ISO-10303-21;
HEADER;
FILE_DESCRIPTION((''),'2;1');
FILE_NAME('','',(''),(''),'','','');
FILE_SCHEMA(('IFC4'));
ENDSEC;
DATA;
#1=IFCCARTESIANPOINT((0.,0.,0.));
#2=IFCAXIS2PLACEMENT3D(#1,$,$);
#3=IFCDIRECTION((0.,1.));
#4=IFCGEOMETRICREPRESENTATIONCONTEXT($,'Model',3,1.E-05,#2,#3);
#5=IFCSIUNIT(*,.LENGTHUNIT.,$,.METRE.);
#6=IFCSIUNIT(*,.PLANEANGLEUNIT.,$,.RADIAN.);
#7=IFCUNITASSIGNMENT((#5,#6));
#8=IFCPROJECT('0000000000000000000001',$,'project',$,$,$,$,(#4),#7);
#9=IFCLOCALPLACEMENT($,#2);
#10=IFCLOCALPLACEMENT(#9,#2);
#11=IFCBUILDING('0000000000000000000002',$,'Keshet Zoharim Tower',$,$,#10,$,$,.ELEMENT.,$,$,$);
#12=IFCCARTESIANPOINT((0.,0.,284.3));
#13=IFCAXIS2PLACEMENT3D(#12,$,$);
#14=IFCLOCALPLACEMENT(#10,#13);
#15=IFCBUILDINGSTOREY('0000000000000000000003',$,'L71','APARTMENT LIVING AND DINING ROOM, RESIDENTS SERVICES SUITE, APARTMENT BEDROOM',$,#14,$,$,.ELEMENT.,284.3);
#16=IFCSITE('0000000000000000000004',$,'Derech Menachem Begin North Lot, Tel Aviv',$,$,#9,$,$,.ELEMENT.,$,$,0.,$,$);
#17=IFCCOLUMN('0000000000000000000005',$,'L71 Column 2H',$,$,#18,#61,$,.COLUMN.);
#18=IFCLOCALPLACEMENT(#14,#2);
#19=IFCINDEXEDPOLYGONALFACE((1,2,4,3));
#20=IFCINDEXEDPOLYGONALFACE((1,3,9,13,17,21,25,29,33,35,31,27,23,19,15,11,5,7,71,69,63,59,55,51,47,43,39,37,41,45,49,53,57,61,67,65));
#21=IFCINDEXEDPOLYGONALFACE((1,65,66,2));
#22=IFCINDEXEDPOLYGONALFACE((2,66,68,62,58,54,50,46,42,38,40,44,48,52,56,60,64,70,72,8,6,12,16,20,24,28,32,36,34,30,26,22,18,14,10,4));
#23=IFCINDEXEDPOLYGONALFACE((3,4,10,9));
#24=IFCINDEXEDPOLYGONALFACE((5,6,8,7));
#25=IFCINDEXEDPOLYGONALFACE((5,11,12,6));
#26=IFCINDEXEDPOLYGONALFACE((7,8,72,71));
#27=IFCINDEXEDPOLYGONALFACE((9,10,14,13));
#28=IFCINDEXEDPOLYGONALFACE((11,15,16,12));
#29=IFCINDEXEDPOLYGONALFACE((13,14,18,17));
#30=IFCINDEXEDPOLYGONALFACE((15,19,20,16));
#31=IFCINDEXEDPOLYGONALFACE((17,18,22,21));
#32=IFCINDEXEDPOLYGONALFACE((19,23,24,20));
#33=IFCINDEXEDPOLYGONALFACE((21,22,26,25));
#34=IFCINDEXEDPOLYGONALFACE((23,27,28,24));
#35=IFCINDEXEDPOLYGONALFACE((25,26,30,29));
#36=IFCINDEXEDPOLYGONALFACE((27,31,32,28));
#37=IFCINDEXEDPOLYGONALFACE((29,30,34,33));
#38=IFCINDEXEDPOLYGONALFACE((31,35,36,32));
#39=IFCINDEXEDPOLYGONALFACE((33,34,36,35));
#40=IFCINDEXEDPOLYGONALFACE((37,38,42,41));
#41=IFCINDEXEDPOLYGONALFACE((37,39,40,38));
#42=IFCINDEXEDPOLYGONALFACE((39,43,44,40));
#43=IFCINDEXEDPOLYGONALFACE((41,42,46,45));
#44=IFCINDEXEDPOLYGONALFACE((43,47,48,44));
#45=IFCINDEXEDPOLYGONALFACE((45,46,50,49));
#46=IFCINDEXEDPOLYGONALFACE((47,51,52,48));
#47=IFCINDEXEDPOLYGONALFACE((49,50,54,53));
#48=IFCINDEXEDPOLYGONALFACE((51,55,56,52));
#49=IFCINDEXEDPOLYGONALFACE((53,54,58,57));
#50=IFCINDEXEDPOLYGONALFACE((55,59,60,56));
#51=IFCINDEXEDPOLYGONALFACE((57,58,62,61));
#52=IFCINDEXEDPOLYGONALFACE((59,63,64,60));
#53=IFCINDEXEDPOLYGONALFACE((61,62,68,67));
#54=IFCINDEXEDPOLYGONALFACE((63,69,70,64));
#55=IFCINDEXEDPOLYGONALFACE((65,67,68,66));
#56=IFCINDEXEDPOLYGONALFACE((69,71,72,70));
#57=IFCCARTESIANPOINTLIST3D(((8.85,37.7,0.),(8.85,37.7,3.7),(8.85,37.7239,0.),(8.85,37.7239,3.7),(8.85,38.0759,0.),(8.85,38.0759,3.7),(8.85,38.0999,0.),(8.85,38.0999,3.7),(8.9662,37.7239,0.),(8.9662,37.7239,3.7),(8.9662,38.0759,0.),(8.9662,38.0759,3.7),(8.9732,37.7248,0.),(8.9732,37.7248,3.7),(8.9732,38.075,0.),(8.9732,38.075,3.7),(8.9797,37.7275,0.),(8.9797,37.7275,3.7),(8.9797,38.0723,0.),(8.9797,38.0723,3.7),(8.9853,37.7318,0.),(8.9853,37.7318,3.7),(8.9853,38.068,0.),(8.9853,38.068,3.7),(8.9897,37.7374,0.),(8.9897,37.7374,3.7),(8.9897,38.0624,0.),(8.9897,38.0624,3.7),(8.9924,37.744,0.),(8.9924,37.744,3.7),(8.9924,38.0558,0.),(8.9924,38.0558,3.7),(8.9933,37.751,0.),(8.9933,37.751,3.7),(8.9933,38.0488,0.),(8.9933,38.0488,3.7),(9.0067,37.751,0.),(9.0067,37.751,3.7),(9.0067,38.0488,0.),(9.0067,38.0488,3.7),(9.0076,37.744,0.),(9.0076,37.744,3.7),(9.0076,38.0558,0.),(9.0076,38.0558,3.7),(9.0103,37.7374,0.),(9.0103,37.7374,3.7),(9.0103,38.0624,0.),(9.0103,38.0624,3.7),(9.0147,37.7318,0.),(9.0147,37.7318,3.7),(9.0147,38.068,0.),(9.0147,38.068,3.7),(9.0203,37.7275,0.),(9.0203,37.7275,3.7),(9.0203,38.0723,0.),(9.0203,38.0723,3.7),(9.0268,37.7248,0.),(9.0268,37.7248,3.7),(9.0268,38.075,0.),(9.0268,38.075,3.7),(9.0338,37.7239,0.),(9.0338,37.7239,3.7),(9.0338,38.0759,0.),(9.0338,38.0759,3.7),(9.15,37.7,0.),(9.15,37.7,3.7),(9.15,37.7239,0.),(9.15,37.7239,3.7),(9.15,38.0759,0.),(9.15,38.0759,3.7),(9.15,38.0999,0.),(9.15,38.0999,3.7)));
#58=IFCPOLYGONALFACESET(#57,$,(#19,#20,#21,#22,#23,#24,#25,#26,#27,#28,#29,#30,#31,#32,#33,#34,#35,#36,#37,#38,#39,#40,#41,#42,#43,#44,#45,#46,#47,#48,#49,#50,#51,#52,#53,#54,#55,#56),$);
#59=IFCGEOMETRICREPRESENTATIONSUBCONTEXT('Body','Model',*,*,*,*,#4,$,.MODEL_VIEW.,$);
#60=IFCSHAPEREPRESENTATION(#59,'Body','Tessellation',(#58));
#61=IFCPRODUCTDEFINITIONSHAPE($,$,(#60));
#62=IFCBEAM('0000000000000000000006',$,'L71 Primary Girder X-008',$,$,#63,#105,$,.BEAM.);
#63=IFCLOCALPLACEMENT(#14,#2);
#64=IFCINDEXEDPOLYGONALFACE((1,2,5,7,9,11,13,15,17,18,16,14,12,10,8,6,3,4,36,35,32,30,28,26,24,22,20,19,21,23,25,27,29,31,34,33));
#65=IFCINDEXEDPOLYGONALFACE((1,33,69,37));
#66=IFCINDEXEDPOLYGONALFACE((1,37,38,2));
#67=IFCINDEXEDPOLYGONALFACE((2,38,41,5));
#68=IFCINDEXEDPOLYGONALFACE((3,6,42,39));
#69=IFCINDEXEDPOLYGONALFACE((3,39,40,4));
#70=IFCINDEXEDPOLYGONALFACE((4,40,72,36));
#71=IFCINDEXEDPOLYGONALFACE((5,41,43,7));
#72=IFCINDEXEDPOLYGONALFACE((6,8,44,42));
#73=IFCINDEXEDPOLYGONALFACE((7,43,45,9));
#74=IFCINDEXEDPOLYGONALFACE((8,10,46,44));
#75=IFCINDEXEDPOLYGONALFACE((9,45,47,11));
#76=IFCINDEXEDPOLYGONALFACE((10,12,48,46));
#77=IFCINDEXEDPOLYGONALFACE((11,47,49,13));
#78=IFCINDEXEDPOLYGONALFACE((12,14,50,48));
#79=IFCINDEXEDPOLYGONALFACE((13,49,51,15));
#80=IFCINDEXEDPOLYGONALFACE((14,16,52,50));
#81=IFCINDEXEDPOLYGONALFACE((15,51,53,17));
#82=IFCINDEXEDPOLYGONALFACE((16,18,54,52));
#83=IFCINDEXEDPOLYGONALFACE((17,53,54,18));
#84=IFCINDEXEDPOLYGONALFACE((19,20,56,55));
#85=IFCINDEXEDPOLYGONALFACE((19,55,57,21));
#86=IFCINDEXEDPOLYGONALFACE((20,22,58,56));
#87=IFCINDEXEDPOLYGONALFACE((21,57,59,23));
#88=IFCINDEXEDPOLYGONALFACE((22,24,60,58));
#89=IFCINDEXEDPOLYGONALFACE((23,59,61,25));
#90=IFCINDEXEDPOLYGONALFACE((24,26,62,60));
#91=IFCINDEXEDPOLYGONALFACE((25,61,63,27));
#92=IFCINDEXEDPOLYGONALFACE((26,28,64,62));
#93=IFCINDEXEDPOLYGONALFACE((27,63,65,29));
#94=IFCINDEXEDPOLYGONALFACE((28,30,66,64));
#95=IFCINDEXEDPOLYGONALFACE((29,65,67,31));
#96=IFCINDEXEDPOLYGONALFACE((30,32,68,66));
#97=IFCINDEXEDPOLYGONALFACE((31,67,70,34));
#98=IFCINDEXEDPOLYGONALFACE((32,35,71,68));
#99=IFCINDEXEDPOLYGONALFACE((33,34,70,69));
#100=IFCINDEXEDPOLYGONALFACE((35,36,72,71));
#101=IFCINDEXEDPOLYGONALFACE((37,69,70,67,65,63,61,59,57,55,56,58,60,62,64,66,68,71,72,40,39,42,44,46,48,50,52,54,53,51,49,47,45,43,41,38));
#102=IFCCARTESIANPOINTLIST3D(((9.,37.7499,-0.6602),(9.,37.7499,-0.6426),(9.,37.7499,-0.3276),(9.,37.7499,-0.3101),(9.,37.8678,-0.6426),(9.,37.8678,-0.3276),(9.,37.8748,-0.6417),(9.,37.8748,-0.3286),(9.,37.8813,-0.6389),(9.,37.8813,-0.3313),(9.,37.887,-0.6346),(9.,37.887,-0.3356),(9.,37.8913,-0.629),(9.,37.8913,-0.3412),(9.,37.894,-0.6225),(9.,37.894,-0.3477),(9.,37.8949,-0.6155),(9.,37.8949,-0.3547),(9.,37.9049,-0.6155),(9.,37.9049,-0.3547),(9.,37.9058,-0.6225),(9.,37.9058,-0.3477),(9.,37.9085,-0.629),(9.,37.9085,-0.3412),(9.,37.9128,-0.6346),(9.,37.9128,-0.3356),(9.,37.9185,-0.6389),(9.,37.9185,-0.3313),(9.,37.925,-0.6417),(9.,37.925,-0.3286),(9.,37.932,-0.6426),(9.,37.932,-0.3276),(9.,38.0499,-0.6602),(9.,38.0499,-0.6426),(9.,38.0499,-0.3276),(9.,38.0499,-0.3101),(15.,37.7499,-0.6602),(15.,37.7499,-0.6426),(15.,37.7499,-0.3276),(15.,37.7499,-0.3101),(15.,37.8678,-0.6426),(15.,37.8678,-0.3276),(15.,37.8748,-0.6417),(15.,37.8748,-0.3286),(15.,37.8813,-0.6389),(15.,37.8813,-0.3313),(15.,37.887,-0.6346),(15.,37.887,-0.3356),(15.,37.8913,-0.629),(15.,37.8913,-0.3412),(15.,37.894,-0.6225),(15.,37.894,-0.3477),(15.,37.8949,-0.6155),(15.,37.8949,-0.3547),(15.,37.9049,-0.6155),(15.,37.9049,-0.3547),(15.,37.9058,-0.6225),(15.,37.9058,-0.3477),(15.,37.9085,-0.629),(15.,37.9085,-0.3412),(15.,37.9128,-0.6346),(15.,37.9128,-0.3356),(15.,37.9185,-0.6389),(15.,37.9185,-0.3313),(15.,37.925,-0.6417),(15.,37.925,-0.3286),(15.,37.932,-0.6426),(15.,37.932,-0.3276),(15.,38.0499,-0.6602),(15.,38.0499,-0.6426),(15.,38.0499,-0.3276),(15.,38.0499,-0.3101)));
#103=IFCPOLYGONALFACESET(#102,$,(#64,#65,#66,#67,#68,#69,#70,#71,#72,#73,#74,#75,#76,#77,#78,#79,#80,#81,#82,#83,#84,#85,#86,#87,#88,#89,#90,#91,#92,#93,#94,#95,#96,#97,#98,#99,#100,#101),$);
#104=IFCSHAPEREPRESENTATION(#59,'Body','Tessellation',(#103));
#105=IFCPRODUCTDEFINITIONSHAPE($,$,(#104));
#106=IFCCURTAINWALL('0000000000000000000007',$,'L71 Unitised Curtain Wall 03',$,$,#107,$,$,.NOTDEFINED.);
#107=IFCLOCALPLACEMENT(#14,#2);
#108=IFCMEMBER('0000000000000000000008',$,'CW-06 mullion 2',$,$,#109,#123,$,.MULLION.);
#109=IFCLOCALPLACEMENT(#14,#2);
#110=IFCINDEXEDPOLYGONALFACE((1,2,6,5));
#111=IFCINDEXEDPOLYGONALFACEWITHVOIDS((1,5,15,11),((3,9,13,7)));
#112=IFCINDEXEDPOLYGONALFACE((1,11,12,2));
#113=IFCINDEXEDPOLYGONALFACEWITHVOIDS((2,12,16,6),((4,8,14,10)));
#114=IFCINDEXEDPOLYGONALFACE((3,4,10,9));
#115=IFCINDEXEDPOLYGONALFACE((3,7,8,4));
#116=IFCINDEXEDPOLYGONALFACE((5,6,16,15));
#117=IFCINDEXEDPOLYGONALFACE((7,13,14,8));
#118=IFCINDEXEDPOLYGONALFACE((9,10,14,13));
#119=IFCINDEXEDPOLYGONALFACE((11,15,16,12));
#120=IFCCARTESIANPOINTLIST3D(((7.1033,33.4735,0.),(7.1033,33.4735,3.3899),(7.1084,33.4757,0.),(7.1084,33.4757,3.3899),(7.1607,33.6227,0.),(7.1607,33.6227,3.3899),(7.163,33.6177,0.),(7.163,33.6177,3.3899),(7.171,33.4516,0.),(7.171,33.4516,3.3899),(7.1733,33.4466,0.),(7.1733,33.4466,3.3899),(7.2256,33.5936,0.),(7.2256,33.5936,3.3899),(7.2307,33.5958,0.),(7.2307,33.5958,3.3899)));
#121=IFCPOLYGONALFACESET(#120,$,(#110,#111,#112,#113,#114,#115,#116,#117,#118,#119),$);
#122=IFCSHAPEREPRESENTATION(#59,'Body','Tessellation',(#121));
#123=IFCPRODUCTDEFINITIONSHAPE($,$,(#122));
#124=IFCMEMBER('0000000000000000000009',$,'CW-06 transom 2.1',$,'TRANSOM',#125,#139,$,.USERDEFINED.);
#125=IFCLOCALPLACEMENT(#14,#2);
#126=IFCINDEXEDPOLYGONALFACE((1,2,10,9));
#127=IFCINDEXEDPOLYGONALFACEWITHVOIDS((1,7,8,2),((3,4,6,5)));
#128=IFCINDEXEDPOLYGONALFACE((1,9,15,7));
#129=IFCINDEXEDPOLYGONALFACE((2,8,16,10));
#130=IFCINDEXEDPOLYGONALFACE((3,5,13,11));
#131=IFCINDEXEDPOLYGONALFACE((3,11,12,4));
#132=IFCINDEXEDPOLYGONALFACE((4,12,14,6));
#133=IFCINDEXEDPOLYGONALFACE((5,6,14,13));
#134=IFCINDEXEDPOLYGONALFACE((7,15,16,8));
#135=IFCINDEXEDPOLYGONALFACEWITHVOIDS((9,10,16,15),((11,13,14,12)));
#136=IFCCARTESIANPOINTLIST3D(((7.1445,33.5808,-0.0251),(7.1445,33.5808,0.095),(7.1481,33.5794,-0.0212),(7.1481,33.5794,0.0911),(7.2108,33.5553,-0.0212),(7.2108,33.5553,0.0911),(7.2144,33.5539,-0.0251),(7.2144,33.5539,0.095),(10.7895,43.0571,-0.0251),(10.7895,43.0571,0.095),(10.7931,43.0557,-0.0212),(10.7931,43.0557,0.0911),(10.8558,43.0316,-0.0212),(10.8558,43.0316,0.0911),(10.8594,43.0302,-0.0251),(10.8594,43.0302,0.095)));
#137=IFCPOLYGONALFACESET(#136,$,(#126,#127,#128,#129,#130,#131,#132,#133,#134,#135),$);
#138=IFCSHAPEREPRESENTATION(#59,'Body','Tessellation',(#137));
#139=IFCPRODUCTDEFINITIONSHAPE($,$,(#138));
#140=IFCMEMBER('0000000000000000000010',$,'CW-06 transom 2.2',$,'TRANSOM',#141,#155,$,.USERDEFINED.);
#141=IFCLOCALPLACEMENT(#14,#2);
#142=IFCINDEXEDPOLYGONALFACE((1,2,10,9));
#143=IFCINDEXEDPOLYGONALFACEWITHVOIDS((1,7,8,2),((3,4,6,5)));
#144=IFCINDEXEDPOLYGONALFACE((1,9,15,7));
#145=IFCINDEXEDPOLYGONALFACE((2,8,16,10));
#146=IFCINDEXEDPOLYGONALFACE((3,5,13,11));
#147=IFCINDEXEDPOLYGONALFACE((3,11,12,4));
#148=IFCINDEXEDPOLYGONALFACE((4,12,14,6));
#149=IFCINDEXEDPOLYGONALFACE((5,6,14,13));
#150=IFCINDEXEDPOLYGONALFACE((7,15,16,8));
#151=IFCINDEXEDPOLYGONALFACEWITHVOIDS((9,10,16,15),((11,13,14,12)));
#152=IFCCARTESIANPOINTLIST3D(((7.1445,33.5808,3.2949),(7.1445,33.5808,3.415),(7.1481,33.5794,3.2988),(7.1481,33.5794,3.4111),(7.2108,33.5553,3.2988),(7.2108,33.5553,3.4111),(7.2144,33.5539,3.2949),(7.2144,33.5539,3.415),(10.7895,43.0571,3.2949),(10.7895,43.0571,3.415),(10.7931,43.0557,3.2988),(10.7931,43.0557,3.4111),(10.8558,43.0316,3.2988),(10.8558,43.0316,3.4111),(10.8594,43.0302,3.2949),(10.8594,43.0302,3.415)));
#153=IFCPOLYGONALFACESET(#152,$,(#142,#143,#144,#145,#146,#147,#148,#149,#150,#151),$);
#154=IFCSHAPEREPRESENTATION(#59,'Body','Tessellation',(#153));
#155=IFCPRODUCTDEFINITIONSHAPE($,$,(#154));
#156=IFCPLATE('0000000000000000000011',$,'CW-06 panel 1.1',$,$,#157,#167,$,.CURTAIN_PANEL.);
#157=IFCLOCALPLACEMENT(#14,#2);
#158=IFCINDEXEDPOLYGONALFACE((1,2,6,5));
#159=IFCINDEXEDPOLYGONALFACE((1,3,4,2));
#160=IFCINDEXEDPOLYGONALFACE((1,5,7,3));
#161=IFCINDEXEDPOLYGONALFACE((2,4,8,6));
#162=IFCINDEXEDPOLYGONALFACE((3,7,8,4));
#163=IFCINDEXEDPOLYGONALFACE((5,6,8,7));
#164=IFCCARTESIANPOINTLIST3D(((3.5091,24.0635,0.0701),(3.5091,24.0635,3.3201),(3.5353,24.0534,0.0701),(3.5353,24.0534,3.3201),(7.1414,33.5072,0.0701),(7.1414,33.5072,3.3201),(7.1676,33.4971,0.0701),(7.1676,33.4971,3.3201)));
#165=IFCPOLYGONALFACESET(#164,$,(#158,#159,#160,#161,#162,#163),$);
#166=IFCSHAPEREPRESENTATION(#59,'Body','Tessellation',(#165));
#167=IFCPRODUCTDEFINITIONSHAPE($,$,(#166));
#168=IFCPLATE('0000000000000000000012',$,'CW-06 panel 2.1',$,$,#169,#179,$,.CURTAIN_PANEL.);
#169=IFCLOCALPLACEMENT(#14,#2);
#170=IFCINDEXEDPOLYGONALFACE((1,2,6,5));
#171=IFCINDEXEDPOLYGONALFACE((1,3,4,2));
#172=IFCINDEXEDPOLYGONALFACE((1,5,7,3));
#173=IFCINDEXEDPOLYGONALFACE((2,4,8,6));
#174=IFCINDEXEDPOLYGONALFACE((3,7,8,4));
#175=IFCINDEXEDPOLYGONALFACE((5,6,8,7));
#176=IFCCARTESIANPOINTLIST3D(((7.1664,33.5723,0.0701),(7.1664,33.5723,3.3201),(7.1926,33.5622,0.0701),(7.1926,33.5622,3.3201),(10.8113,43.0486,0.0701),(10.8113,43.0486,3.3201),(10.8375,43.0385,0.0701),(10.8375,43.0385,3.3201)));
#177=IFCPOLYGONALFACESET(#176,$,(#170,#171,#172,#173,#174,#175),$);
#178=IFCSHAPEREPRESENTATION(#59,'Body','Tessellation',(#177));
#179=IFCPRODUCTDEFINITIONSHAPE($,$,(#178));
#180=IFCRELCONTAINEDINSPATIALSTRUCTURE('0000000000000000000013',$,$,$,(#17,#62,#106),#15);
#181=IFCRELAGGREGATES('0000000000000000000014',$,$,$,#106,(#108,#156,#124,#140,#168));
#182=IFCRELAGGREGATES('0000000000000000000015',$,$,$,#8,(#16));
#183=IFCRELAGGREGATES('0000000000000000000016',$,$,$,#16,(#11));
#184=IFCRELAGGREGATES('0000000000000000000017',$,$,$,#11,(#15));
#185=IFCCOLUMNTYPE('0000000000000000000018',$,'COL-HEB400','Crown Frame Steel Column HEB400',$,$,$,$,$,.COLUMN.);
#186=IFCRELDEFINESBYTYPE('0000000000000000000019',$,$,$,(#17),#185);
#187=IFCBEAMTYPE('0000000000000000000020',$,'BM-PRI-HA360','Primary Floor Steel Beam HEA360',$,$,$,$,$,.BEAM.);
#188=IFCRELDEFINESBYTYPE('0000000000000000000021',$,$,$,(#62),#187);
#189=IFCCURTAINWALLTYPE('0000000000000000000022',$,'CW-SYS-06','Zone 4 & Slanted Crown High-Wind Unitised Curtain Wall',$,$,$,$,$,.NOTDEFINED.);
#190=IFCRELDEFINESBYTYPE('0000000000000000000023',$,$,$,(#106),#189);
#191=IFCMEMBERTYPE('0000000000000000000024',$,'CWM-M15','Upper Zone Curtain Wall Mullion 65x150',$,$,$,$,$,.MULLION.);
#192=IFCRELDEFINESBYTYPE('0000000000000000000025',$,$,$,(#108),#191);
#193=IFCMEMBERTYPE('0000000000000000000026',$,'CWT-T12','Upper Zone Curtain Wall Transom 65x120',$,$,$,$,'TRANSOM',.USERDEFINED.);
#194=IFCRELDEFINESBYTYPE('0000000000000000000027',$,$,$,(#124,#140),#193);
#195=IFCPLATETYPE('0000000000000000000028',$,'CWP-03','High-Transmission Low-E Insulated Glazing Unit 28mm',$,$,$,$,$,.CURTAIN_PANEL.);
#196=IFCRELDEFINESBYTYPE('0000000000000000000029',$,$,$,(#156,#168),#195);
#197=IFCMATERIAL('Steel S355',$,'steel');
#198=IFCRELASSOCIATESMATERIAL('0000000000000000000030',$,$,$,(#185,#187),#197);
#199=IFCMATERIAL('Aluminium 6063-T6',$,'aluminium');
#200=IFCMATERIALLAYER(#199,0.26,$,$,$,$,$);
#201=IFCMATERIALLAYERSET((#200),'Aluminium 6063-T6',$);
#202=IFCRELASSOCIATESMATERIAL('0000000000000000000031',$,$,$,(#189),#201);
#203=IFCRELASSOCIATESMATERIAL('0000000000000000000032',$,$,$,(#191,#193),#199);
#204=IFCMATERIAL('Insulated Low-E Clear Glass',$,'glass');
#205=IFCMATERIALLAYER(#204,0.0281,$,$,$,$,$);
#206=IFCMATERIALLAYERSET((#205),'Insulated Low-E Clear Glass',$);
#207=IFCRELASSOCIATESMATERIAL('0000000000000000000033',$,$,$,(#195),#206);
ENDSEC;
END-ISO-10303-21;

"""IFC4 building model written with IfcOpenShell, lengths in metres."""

from ifc_helpers import new_model, si_unit, direction, frame, origin, origin_2d, place, context, subcontext, project, spatial, rectangle, hollow_rectangle, i_section, extrude, material, layer, layer_set, material_profile, profile_set, type_object, element, aggregate, save


model = new_model("IFC4")

# Units and contexts
model_context = context("Model", 3, precision=1e-05, world=origin(), true_north=direction((0.0, 1.0)))
body_context = subcontext(model_context, "Body", "Model", "MODEL_VIEW")
ifc_project = project(units=[si_unit("LENGTHUNIT", "METRE"), si_unit("PLANEANGLEUNIT", "RADIAN")], contexts=[model_context])

# Site, building, storey
site_placement = place(None, origin())
site = spatial("IfcSite", under=ifc_project, at=site_placement, Name="Derech Menachem Begin North Lot, Tel Aviv", CompositionType="ELEMENT", RefElevation=0.0)
building_placement = place(site_placement, origin())
building = spatial("IfcBuilding", under=site, at=building_placement, Name="Keshet Zoharim Tower", CompositionType="ELEMENT")
storey_placement = place(building_placement, frame((0.0, 0.0, 284.3)))
storey = spatial("IfcBuildingStorey", under=building, at=storey_placement, Name="L71", Description="APARTMENT LIVING AND DINING ROOM, RESIDENTS SERVICES SUITE, APARTMENT BEDROOM", CompositionType="ELEMENT", Elevation=284.3)

# Column
ifc_material_1 = material(Name="Steel S355", Category="steel")
ifc_material_profile_1 = material_profile(ifc_material_1, i_section(OverallWidth=0.3, OverallDepth=0.3999, WebThickness=0.0134, FlangeThickness=0.0239, FilletRadius=0.0271, at=origin_2d()), Name="HEB400")
ifc_profile_set_1 = profile_set([ifc_material_profile_1], Name="Steel S355")
column_type = type_object("IfcColumnType", Name="COL-HEB400", Description="Crown Frame Steel Column HEB400", PredefinedType="COLUMN", material=ifc_profile_set_1)
column_placement = place(storey_placement, frame((9.0, 37.8999, 0.0), z_axis=(0.0, 0.0, 1.0), x_axis=(1.0, 0.0, 0.0)))
element("IfcColumn", 1, at=column_placement, inside=storey, type_object=column_type, Name="L71 Column 2H", PredefinedType="COLUMN", context=body_context, shape_type="SweptSolid", body=[
    extrude(i_section(OverallWidth=0.3, OverallDepth=0.3999, WebThickness=0.0134, FlangeThickness=0.0239, FilletRadius=0.0271, at=origin_2d()), origin(), (0.0, 0.0, 1.0), 3.7),
])

# Beam
ifc_material_profile_2 = material_profile(ifc_material_1, i_section(OverallWidth=0.3, OverallDepth=0.3501, WebThickness=0.01, FlangeThickness=0.0176, FilletRadius=0.0271, at=origin_2d()), Name="HEA360")
ifc_profile_set_2 = profile_set([ifc_material_profile_2], Name="Steel S355")
beam_type = type_object("IfcBeamType", Name="BM-PRI-HA360", Description="Primary Floor Steel Beam HEA360", PredefinedType="BEAM", material=ifc_profile_set_2)
beam_placement = place(storey_placement, frame((9.0, 37.8999, -0.4851), z_axis=(1.0, 0.0, 0.0), x_axis=(0.0, 1.0, 0.0)))
element("IfcBeam", 2, at=beam_placement, inside=storey, type_object=beam_type, Name="L71 Primary Girder X-008", PredefinedType="BEAM", context=body_context, shape_type="SweptSolid", body=[
    extrude(i_section(OverallWidth=0.3, OverallDepth=0.3501, WebThickness=0.01, FlangeThickness=0.0176, FilletRadius=0.0271, at=origin_2d()), origin(), (0.0, 0.0, 1.0), 6.0),
])

# Curtain wall, members, plates
ifc_material_2 = material(Name="Aluminium 6063-T6", Category="aluminium")
ifc_layer_1 = layer(ifc_material_2, 0.26)
ifc_layer_set_1 = layer_set([ifc_layer_1], Name="Aluminium 6063-T6")
curtain_wall_type = type_object("IfcCurtainWallType", Name="CW-SYS-06", Description="Zone 4 & Slanted Crown High-Wind Unitised Curtain Wall", PredefinedType="NOTDEFINED", material=ifc_layer_set_1)
curtain_wall_placement = place(storey_placement, origin())
curtain_wall = element("IfcCurtainWall", 3, at=curtain_wall_placement, inside=storey, type_object=curtain_wall_type, Name="L71 Unitised Curtain Wall 03", PredefinedType="NOTDEFINED")
ifc_material_profile_3 = material_profile(ifc_material_2, hollow_rectangle(XDim=0.075, YDim=0.1599, WallThickness=0.0039, at=origin_2d()), Name="MUL-75x160")
ifc_profile_set_3 = profile_set([ifc_material_profile_3], Name="Aluminium 6063-T6")
member_type_1 = type_object("IfcMemberType", Name="CWM-M15", Description="Upper Zone Curtain Wall Mullion 65x150", PredefinedType="MULLION", material=ifc_profile_set_3)
member_1_placement = place(storey_placement, frame((7.167, 33.5347, 0.0), z_axis=(0.0, 0.0, 1.0), x_axis=(-0.933341, 0.35899, 0.0)))
member_1 = element("IfcMember", 4, at=member_1_placement, type_object=member_type_1, Name="CW-06 mullion 2", PredefinedType="MULLION", context=body_context, shape_type="SweptSolid", body=[
    extrude(hollow_rectangle(XDim=0.075, YDim=0.1599, WallThickness=0.0039, at=origin_2d()), origin(), (0.0, 0.0, 1.0), 3.3899),
])
ifc_material_profile_4 = material_profile(ifc_material_2, hollow_rectangle(XDim=0.075, YDim=0.1201, WallThickness=0.0039, at=origin_2d()), Name="TRN-75x120")
ifc_profile_set_4 = profile_set([ifc_material_profile_4], Name="Aluminium 6063-T6")
member_type_2 = type_object("IfcMemberType", Name="CWT-T12", Description="Upper Zone Curtain Wall Transom 65x120", ElementType="TRANSOM", PredefinedType="USERDEFINED", material=ifc_profile_set_4)
member_2_placement = place(storey_placement, frame((7.1794, 33.5674, 0.0349), z_axis=(0.359003, 0.933336, 0.0), x_axis=(-0.933336, 0.359003, 0.0)))
member_2 = element("IfcMember", 5, at=member_2_placement, type_object=member_type_2, Name="CW-06 transom 2.1", ObjectType="TRANSOM", PredefinedType="USERDEFINED", context=body_context, shape_type="SweptSolid", body=[
    extrude(hollow_rectangle(XDim=0.075, YDim=0.1201, WallThickness=0.0039, at=origin_2d()), origin(), (0.0, 0.0, 1.0), 10.1531),
])
member_3_placement = place(storey_placement, frame((7.1794, 33.5674, 3.355), z_axis=(0.359003, 0.933336, 0.0), x_axis=(-0.933336, 0.359003, 0.0)))
member_3 = element("IfcMember", 6, at=member_3_placement, type_object=member_type_2, Name="CW-06 transom 2.2", ObjectType="TRANSOM", PredefinedType="USERDEFINED", context=body_context, shape_type="SweptSolid", body=[
    extrude(hollow_rectangle(XDim=0.075, YDim=0.1201, WallThickness=0.0039, at=origin_2d()), origin(), (0.0, 0.0, 1.0), 10.1531),
])
ifc_material_3 = material(Name="Insulated Low-E Clear Glass", Category="glass")
ifc_layer_2 = layer(ifc_material_3, 0.0281)
ifc_layer_set_2 = layer_set([ifc_layer_2], Name="Insulated Low-E Clear Glass")
plate_type = type_object("IfcPlateType", Name="CWP-03", Description="High-Transmission Low-E Insulated Glazing Unit 28mm", PredefinedType="CURTAIN_PANEL", material=ifc_layer_set_2)
plate_1_placement = place(storey_placement, frame((5.3384, 28.7803, 0.0701), z_axis=(0.0, 0.0, 1.0), x_axis=(0.35899, 0.933341, 0.0)))
plate_1 = element("IfcPlate", 7, at=plate_1_placement, type_object=plate_type, Name="CW-06 panel 1.1", PredefinedType="CURTAIN_PANEL", context=body_context, shape_type="SweptSolid", body=[
    extrude(rectangle(XDim=10.1182, YDim=0.0281, at=origin_2d()), origin(), (0.0, 0.0, 1.0), 3.25),
])
plate_2_placement = place(storey_placement, frame((9.002, 38.3054, 0.0701), z_axis=(0.0, 0.0, 1.0), x_axis=(0.35899, 0.933341, 0.0)))
plate_2 = element("IfcPlate", 8, at=plate_2_placement, type_object=plate_type, Name="CW-06 panel 2.1", PredefinedType="CURTAIN_PANEL", context=body_context, shape_type="SweptSolid", body=[
    extrude(rectangle(XDim=10.1531, YDim=0.0281, at=origin_2d()), origin(), (0.0, 0.0, 1.0), 3.25),
])
aggregate(curtain_wall, [member_1, plate_1, member_2, member_3, plate_2])

save(model, "model.ifc")
